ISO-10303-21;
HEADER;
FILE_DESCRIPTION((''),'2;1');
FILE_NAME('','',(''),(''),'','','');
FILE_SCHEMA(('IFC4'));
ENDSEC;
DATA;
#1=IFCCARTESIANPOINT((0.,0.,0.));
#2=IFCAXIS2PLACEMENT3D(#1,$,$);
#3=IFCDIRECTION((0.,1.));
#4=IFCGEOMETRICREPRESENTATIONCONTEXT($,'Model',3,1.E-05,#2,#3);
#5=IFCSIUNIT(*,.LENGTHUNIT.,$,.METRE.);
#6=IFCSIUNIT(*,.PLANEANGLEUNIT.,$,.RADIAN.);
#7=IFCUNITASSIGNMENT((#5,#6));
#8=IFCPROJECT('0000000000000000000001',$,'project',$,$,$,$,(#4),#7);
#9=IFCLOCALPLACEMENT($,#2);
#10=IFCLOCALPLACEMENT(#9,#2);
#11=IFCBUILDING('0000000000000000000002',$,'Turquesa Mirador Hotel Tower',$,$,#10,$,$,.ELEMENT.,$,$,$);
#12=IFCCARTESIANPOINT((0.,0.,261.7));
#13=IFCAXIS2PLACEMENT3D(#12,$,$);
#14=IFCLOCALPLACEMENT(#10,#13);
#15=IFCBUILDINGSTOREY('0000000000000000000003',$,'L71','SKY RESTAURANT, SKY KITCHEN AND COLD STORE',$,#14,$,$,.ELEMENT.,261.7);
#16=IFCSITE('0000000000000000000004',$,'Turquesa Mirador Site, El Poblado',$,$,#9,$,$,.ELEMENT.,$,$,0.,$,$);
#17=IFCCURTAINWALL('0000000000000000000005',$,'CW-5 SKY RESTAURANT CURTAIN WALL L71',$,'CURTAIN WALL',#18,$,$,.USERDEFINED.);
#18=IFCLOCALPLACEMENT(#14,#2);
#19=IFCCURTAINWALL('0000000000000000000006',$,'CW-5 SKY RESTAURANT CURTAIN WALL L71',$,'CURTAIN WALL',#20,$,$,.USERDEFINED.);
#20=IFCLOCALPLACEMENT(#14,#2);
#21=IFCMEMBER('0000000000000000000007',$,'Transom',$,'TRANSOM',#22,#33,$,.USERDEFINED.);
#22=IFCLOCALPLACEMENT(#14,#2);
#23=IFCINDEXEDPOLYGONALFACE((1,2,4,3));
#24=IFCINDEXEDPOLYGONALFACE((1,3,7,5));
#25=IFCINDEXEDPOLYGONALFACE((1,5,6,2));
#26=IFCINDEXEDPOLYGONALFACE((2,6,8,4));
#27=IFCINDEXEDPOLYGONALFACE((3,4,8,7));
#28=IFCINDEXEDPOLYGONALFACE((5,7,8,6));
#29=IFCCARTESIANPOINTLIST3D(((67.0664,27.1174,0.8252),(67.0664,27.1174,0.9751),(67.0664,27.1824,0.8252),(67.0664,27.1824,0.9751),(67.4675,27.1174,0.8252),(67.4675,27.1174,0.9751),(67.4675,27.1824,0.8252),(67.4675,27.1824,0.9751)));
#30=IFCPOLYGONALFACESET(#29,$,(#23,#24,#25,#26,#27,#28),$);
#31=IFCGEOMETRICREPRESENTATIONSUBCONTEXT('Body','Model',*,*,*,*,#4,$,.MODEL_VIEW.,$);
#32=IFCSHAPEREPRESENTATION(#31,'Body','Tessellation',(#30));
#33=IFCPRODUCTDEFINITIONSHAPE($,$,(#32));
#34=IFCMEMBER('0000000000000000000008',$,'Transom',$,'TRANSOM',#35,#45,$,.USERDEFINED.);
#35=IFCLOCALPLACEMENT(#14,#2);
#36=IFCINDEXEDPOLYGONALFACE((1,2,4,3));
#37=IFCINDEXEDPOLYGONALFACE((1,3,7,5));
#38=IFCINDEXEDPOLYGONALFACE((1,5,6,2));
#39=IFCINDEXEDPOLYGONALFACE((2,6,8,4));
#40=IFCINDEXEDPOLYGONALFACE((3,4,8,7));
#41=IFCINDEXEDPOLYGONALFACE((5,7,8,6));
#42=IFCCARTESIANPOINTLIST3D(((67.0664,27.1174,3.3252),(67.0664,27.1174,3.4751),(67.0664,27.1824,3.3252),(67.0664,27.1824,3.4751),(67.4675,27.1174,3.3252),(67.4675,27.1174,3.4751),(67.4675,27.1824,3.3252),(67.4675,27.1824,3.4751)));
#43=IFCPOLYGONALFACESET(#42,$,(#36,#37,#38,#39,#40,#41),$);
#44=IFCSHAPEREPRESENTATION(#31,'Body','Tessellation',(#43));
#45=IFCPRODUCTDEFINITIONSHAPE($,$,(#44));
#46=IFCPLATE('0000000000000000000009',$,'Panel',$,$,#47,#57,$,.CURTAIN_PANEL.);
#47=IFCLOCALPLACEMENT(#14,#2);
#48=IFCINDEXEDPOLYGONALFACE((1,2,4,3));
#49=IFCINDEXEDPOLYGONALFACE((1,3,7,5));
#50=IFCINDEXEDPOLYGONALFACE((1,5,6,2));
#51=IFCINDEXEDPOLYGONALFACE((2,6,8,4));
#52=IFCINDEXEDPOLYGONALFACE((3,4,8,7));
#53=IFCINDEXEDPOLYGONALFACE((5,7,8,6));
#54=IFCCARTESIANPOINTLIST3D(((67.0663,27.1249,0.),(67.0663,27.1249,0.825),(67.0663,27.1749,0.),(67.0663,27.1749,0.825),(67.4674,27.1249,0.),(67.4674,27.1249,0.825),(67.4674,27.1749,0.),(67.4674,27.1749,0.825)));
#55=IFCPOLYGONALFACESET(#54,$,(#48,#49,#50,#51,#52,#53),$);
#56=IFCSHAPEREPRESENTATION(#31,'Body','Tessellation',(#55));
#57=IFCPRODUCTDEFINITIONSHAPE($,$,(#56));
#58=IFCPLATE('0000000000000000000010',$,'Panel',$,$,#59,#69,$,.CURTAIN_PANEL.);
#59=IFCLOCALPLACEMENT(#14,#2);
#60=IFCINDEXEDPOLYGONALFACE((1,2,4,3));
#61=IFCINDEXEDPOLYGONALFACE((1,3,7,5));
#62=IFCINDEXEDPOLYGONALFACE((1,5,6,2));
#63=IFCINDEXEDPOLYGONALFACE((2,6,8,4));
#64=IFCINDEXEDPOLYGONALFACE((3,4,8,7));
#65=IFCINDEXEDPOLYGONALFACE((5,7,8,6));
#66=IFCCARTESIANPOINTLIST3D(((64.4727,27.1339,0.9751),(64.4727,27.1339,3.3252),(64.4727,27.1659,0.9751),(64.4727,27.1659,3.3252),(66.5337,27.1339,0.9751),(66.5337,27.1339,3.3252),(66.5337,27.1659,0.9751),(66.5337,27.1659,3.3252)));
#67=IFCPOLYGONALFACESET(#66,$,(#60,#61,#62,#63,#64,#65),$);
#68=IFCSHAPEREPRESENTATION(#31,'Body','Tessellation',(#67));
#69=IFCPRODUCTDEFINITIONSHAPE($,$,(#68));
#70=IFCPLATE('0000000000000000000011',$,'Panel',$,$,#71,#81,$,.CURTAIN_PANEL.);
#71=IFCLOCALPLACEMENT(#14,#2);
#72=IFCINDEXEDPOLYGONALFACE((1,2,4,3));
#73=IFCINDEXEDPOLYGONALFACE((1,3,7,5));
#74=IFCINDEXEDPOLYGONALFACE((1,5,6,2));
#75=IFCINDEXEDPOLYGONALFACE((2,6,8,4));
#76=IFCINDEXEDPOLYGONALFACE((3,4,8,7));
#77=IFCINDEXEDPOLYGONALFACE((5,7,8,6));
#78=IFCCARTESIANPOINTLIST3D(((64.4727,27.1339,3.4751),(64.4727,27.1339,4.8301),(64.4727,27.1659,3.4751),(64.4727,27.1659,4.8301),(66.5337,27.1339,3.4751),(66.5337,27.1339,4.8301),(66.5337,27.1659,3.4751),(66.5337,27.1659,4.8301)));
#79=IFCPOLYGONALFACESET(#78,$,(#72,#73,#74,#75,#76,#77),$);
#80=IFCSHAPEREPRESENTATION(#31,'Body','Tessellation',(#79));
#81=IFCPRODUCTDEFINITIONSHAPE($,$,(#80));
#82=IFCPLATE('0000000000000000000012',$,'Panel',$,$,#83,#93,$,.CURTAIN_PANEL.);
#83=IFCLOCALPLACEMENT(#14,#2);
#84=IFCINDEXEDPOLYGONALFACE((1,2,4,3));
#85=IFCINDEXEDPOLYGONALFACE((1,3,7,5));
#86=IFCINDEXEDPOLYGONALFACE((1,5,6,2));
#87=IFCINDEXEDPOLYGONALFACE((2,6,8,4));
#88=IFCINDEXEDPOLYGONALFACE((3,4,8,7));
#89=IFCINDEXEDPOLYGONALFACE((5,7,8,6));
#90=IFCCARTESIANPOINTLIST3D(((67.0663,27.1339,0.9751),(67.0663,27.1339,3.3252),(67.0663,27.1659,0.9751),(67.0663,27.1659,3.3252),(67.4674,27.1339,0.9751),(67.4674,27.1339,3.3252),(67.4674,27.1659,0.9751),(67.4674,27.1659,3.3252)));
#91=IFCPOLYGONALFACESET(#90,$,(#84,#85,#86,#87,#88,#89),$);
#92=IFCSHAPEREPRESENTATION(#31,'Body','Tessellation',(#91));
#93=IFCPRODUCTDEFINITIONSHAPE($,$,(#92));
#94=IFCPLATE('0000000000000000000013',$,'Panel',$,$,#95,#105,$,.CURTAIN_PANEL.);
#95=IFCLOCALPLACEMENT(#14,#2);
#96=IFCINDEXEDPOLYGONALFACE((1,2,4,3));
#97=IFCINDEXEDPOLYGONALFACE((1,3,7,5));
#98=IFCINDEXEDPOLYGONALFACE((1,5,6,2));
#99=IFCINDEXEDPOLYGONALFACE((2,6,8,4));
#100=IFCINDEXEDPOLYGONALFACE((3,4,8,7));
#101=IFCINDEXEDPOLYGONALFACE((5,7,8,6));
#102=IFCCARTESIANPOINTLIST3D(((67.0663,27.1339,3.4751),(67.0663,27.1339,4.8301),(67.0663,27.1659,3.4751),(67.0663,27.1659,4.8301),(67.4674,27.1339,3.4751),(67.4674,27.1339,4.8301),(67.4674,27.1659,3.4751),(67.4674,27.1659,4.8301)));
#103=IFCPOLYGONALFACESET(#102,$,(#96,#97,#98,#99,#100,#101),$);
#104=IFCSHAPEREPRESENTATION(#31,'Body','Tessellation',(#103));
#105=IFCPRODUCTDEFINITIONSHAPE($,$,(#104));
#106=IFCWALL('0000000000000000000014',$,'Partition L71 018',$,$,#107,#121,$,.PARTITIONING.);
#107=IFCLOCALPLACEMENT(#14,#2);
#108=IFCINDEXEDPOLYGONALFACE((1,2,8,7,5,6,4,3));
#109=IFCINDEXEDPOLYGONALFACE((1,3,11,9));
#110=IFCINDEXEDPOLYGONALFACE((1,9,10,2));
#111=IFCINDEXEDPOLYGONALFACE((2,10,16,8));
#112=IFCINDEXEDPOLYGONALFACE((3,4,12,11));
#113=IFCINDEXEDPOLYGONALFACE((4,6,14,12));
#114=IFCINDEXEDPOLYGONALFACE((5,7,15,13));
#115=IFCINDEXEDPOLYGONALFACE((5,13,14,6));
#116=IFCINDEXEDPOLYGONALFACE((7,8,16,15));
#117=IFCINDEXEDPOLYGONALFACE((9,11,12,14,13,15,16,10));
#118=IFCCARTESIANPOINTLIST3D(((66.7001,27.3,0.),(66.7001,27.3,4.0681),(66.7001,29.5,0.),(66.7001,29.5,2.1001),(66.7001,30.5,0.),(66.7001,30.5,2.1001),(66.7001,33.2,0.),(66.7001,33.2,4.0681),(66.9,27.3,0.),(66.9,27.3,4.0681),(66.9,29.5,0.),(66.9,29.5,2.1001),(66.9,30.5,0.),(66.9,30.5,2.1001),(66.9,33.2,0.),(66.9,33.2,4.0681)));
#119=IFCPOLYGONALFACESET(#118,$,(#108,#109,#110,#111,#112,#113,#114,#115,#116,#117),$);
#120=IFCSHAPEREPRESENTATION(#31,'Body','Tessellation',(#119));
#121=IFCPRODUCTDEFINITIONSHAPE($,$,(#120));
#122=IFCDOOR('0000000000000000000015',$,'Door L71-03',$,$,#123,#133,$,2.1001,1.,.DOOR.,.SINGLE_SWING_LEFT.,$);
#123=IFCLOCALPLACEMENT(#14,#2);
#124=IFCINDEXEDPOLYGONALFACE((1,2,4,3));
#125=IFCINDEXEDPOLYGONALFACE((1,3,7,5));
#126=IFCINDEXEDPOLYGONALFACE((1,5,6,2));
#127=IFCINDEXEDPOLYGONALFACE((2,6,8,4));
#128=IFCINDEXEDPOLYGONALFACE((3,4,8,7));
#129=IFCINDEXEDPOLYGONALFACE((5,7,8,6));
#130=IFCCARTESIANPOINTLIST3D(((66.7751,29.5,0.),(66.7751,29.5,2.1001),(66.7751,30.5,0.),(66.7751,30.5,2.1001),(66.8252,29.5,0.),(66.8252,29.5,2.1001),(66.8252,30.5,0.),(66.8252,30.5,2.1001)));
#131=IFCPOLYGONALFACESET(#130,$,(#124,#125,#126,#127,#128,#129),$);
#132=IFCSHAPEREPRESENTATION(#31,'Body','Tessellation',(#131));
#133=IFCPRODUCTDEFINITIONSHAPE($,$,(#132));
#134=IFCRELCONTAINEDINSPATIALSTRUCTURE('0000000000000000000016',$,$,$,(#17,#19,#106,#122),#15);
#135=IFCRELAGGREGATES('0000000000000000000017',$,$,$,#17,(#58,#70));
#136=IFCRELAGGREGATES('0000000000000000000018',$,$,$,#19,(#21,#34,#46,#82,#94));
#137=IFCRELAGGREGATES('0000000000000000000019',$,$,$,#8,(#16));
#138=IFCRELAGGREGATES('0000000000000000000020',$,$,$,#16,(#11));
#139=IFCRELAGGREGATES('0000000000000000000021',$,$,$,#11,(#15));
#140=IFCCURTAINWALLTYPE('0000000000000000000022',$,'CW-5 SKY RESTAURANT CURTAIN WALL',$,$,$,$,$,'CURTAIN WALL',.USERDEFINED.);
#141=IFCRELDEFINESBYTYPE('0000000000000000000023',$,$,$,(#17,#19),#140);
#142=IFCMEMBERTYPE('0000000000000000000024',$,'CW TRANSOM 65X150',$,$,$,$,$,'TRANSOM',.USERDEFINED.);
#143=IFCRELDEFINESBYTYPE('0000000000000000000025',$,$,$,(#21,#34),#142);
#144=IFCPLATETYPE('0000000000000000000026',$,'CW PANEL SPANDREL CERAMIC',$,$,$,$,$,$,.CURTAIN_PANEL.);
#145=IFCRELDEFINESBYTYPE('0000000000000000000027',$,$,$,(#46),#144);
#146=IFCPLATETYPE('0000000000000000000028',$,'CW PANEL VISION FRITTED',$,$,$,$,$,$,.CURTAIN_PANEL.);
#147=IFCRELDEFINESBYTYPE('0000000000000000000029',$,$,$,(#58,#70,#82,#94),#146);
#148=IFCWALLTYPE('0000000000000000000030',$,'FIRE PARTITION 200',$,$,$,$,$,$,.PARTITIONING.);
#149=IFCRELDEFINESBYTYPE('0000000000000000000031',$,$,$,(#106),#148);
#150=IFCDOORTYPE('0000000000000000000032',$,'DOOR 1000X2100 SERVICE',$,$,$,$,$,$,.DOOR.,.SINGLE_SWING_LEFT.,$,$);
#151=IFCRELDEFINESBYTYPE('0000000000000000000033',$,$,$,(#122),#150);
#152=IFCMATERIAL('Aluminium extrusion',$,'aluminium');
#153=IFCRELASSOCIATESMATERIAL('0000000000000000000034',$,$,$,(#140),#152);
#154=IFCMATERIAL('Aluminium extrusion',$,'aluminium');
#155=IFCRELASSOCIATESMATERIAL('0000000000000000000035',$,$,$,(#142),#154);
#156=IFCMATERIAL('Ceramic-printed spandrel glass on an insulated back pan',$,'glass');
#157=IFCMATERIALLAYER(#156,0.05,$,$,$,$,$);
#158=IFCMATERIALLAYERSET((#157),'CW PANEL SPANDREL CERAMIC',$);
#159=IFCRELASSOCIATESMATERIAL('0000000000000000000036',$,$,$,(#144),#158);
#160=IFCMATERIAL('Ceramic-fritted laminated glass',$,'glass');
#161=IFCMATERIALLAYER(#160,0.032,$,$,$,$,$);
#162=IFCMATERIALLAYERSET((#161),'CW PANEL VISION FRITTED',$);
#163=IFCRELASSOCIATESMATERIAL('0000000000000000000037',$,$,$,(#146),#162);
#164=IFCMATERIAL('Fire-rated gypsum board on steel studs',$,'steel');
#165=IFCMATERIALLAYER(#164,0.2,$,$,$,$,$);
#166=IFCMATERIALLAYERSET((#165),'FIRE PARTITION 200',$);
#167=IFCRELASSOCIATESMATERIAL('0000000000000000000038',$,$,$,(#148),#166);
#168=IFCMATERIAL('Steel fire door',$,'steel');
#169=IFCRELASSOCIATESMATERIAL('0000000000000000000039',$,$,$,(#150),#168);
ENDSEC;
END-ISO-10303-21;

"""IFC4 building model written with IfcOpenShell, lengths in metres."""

from ifc_helpers import new_model, si_unit, direction, frame, frame_2d, origin, origin_2d, place, context, subcontext, project, spatial, rectangle, extrude, material, layer, layer_set, material_profile, profile_set, type_object, element, fill, aggregate, save


model = new_model("IFC4")

# Units and contexts
model_context = context("Model", 3, precision=1e-05, world=origin(), true_north=direction((0.0, 1.0)))
body_context = subcontext(model_context, "Body", "Model", "MODEL_VIEW")
ifc_project = project(units=[si_unit("LENGTHUNIT", "METRE"), si_unit("PLANEANGLEUNIT", "RADIAN")], contexts=[model_context])

# Site, building, storey
site_placement = place(None, origin())
site = spatial("IfcSite", under=ifc_project, at=site_placement, Name="Turquesa Mirador Site, El Poblado", CompositionType="ELEMENT", RefElevation=0.0)
building_placement = place(site_placement, origin())
building = spatial("IfcBuilding", under=site, at=building_placement, Name="Turquesa Mirador Hotel Tower", CompositionType="ELEMENT")
storey_placement = place(building_placement, frame((0.0, 0.0, 261.7)))
storey = spatial("IfcBuildingStorey", under=building, at=storey_placement, Name="L71", Description="SKY RESTAURANT, SKY KITCHEN AND COLD STORE", CompositionType="ELEMENT", Elevation=261.7)

# Curtain wall
ifc_material_1 = material(Name="Aluminium extrusion", Category="aluminium")
curtain_wall_type = type_object("IfcCurtainWallType", Name="CW-5 SKY RESTAURANT CURTAIN WALL", ElementType="CURTAIN WALL", PredefinedType="USERDEFINED", material=ifc_material_1)
curtain_wall_1_placement = place(storey_placement, origin())
curtain_wall_1 = element("IfcCurtainWall", 1, at=curtain_wall_1_placement, inside=storey, type_object=curtain_wall_type, Name="CW-5 SKY RESTAURANT CURTAIN WALL L71", ObjectType="CURTAIN WALL", PredefinedType="USERDEFINED")

# Curtain wall, members, plate
curtain_wall_2_placement = place(storey_placement, origin())
curtain_wall_2 = element("IfcCurtainWall", 2, at=curtain_wall_2_placement, inside=storey, type_object=curtain_wall_type, Name="CW-5 SKY RESTAURANT CURTAIN WALL L71", ObjectType="CURTAIN WALL", PredefinedType="USERDEFINED")
ifc_material_2 = material(Name="Aluminium extrusion", Category="aluminium")
ifc_material_profile_1 = material_profile(ifc_material_2, rectangle(XDim=0.0649, YDim=0.1499, at=origin_2d()), Name="TRANSOM 65X150")
ifc_profile_set_1 = profile_set([ifc_material_profile_1], Name="Aluminium extrusion")
member_type_1 = type_object("IfcMemberType", Name="CW TRANSOM 65X150", ElementType="TRANSOM", PredefinedType="USERDEFINED", material=ifc_profile_set_1)
member_1_placement = place(storey_placement, frame((67.0664, 27.1499, 0.9001), z_axis=(1.0, 0.0, 0.0), x_axis=(0.0, 1.0, 0.0)))
member_1 = element("IfcMember", 3, at=member_1_placement, type_object=member_type_1, Name="Transom", ObjectType="TRANSOM", PredefinedType="USERDEFINED", context=body_context, shape_type="SweptSolid", body=[
    extrude(rectangle(XDim=0.0649, YDim=0.1499, at=origin_2d()), origin(), (0.0, 0.0, 1.0), 0.4011),
])
member_2_placement = place(storey_placement, frame((67.0664, 27.1499, 3.4001), z_axis=(1.0, 0.0, 0.0), x_axis=(0.0, 1.0, 0.0)))
member_2 = element("IfcMember", 4, at=member_2_placement, type_object=member_type_1, Name="Transom", ObjectType="TRANSOM", PredefinedType="USERDEFINED", context=body_context, shape_type="SweptSolid", body=[
    extrude(rectangle(XDim=0.0649, YDim=0.1499, at=origin_2d()), origin(), (0.0, 0.0, 1.0), 0.4011),
])
ifc_material_3 = material(Name="Ceramic-printed spandrel glass on an insulated back pan", Category="glass")
ifc_layer_1 = layer(ifc_material_3, 0.05)
ifc_layer_set_1 = layer_set([ifc_layer_1], Name="CW PANEL SPANDREL CERAMIC")
plate_type_1 = type_object("IfcPlateType", Name="CW PANEL SPANDREL CERAMIC", PredefinedType="CURTAIN_PANEL", material=ifc_layer_set_1)
plate_1_placement = place(storey_placement, frame((67.2668, 27.1499, 0.0), z_axis=(0.0, 0.0, 1.0), x_axis=(1.0, 0.0, 0.0)))
plate_1 = element("IfcPlate", 5, at=plate_1_placement, type_object=plate_type_1, Name="Panel", PredefinedType="CURTAIN_PANEL", context=body_context, shape_type="SweptSolid", body=[
    extrude(rectangle(XDim=0.4011, YDim=0.05, at=origin_2d()), origin(), (0.0, 0.0, 1.0), 0.825),
])

# Plates
ifc_material_4 = material(Name="Ceramic-fritted laminated glass", Category="glass")
ifc_layer_2 = layer(ifc_material_4, 0.032)
ifc_layer_set_2 = layer_set([ifc_layer_2], Name="CW PANEL VISION FRITTED")
plate_type_2 = type_object("IfcPlateType", Name="CW PANEL VISION FRITTED", PredefinedType="CURTAIN_PANEL", material=ifc_layer_set_2)
plate_2_placement = place(storey_placement, frame((65.5032, 27.1499, 0.9751), z_axis=(0.0, 0.0, 1.0), x_axis=(1.0, 0.0, 0.0)))
plate_2 = element("IfcPlate", 6, at=plate_2_placement, type_object=plate_type_2, Name="Panel", PredefinedType="CURTAIN_PANEL", context=body_context, shape_type="SweptSolid", body=[
    extrude(rectangle(XDim=2.061, YDim=0.032, at=origin_2d()), origin(), (0.0, 0.0, 1.0), 2.3501),
])
plate_3_placement = place(storey_placement, frame((65.5032, 27.1499, 3.4751), z_axis=(0.0, 0.0, 1.0), x_axis=(1.0, 0.0, 0.0)))
plate_3 = element("IfcPlate", 7, at=plate_3_placement, type_object=plate_type_2, Name="Panel", PredefinedType="CURTAIN_PANEL", context=body_context, shape_type="SweptSolid", body=[
    extrude(rectangle(XDim=2.061, YDim=0.032, at=origin_2d()), origin(), (0.0, 0.0, 1.0), 1.355),
])
aggregate(curtain_wall_1, [plate_2, plate_3])
plate_4_placement = place(storey_placement, frame((67.2668, 27.1499, 0.9751), z_axis=(0.0, 0.0, 1.0), x_axis=(1.0, 0.0, 0.0)))
plate_4 = element("IfcPlate", 8, at=plate_4_placement, type_object=plate_type_2, Name="Panel", PredefinedType="CURTAIN_PANEL", context=body_context, shape_type="SweptSolid", body=[
    extrude(rectangle(XDim=0.4011, YDim=0.032, at=origin_2d()), origin(), (0.0, 0.0, 1.0), 2.3501),
])
plate_5_placement = place(storey_placement, frame((67.2668, 27.1499, 3.4751), z_axis=(0.0, 0.0, 1.0), x_axis=(1.0, 0.0, 0.0)))
plate_5 = element("IfcPlate", 9, at=plate_5_placement, type_object=plate_type_2, Name="Panel", PredefinedType="CURTAIN_PANEL", context=body_context, shape_type="SweptSolid", body=[
    extrude(rectangle(XDim=0.4011, YDim=0.032, at=origin_2d()), origin(), (0.0, 0.0, 1.0), 1.355),
])
aggregate(curtain_wall_2, [member_1, member_2, plate_1, plate_4, plate_5])

# Wall, opening, door
ifc_material_5 = material(Name="Fire-rated gypsum board on steel studs", Category="steel")
ifc_layer_3 = layer(ifc_material_5, 0.2)
ifc_layer_set_3 = layer_set([ifc_layer_3], Name="FIRE PARTITION 200")
wall_type = type_object("IfcWallType", Name="FIRE PARTITION 200", PredefinedType="PARTITIONING", material=ifc_layer_set_3)
wall_placement = place(storey_placement, frame((66.8, 27.3, 0.0), z_axis=(0.0, 0.0, 1.0), x_axis=(0.0, 1.0, 0.0)))
wall = element("IfcWall", 10, at=wall_placement, inside=storey, type_object=wall_type, Name="Partition L71 018", PredefinedType="PARTITIONING", context=body_context, shape_type="SweptSolid", body=[
    extrude(rectangle(XDim=5.8999, YDim=0.2, at=frame_2d((2.95, 0.0))), origin(), (0.0, 0.0, 1.0), 4.0681),
])
opening_placement = place(wall_placement, frame((2.2, 0.0, 0.0)))
opening = element("IfcOpeningElement", 11, at=opening_placement, cuts=wall, PredefinedType="OPENING", context=body_context, shape_type="SweptSolid", body=[
    extrude(rectangle(XDim=1.0, YDim=2.1001, at=frame_2d((0.5, 1.05))), frame((0.0, 0.1099, 0.0), z_axis=(0.0, -1.0, 0.0), x_axis=(1.0, 0.0, 0.0)), (0.0, 0.0, 1.0), 0.22),
])
ifc_material_6 = material(Name="Steel fire door", Category="steel")
door_type = type_object("IfcDoorType", Name="DOOR 1000X2100 SERVICE", OperationType="SINGLE_SWING_LEFT", PredefinedType="DOOR", material=ifc_material_6)
door_placement = place(opening_placement, origin())
door = element("IfcDoor", 12, at=door_placement, inside=storey, type_object=door_type, Name="Door L71-03", OperationType="SINGLE_SWING_LEFT", OverallHeight=2.1001, OverallWidth=1.0, PredefinedType="DOOR", context=body_context, shape_type="SweptSolid", body=[
    extrude(rectangle(XDim=1.0, YDim=2.1001, at=frame_2d((0.5, 1.05))), frame((0.0, 0.0249, 0.0), z_axis=(0.0, -1.0, 0.0), x_axis=(1.0, 0.0, 0.0)), (0.0, 0.0, 1.0), 0.05),
])
fill(opening, door)

save(model, "model.ifc")
